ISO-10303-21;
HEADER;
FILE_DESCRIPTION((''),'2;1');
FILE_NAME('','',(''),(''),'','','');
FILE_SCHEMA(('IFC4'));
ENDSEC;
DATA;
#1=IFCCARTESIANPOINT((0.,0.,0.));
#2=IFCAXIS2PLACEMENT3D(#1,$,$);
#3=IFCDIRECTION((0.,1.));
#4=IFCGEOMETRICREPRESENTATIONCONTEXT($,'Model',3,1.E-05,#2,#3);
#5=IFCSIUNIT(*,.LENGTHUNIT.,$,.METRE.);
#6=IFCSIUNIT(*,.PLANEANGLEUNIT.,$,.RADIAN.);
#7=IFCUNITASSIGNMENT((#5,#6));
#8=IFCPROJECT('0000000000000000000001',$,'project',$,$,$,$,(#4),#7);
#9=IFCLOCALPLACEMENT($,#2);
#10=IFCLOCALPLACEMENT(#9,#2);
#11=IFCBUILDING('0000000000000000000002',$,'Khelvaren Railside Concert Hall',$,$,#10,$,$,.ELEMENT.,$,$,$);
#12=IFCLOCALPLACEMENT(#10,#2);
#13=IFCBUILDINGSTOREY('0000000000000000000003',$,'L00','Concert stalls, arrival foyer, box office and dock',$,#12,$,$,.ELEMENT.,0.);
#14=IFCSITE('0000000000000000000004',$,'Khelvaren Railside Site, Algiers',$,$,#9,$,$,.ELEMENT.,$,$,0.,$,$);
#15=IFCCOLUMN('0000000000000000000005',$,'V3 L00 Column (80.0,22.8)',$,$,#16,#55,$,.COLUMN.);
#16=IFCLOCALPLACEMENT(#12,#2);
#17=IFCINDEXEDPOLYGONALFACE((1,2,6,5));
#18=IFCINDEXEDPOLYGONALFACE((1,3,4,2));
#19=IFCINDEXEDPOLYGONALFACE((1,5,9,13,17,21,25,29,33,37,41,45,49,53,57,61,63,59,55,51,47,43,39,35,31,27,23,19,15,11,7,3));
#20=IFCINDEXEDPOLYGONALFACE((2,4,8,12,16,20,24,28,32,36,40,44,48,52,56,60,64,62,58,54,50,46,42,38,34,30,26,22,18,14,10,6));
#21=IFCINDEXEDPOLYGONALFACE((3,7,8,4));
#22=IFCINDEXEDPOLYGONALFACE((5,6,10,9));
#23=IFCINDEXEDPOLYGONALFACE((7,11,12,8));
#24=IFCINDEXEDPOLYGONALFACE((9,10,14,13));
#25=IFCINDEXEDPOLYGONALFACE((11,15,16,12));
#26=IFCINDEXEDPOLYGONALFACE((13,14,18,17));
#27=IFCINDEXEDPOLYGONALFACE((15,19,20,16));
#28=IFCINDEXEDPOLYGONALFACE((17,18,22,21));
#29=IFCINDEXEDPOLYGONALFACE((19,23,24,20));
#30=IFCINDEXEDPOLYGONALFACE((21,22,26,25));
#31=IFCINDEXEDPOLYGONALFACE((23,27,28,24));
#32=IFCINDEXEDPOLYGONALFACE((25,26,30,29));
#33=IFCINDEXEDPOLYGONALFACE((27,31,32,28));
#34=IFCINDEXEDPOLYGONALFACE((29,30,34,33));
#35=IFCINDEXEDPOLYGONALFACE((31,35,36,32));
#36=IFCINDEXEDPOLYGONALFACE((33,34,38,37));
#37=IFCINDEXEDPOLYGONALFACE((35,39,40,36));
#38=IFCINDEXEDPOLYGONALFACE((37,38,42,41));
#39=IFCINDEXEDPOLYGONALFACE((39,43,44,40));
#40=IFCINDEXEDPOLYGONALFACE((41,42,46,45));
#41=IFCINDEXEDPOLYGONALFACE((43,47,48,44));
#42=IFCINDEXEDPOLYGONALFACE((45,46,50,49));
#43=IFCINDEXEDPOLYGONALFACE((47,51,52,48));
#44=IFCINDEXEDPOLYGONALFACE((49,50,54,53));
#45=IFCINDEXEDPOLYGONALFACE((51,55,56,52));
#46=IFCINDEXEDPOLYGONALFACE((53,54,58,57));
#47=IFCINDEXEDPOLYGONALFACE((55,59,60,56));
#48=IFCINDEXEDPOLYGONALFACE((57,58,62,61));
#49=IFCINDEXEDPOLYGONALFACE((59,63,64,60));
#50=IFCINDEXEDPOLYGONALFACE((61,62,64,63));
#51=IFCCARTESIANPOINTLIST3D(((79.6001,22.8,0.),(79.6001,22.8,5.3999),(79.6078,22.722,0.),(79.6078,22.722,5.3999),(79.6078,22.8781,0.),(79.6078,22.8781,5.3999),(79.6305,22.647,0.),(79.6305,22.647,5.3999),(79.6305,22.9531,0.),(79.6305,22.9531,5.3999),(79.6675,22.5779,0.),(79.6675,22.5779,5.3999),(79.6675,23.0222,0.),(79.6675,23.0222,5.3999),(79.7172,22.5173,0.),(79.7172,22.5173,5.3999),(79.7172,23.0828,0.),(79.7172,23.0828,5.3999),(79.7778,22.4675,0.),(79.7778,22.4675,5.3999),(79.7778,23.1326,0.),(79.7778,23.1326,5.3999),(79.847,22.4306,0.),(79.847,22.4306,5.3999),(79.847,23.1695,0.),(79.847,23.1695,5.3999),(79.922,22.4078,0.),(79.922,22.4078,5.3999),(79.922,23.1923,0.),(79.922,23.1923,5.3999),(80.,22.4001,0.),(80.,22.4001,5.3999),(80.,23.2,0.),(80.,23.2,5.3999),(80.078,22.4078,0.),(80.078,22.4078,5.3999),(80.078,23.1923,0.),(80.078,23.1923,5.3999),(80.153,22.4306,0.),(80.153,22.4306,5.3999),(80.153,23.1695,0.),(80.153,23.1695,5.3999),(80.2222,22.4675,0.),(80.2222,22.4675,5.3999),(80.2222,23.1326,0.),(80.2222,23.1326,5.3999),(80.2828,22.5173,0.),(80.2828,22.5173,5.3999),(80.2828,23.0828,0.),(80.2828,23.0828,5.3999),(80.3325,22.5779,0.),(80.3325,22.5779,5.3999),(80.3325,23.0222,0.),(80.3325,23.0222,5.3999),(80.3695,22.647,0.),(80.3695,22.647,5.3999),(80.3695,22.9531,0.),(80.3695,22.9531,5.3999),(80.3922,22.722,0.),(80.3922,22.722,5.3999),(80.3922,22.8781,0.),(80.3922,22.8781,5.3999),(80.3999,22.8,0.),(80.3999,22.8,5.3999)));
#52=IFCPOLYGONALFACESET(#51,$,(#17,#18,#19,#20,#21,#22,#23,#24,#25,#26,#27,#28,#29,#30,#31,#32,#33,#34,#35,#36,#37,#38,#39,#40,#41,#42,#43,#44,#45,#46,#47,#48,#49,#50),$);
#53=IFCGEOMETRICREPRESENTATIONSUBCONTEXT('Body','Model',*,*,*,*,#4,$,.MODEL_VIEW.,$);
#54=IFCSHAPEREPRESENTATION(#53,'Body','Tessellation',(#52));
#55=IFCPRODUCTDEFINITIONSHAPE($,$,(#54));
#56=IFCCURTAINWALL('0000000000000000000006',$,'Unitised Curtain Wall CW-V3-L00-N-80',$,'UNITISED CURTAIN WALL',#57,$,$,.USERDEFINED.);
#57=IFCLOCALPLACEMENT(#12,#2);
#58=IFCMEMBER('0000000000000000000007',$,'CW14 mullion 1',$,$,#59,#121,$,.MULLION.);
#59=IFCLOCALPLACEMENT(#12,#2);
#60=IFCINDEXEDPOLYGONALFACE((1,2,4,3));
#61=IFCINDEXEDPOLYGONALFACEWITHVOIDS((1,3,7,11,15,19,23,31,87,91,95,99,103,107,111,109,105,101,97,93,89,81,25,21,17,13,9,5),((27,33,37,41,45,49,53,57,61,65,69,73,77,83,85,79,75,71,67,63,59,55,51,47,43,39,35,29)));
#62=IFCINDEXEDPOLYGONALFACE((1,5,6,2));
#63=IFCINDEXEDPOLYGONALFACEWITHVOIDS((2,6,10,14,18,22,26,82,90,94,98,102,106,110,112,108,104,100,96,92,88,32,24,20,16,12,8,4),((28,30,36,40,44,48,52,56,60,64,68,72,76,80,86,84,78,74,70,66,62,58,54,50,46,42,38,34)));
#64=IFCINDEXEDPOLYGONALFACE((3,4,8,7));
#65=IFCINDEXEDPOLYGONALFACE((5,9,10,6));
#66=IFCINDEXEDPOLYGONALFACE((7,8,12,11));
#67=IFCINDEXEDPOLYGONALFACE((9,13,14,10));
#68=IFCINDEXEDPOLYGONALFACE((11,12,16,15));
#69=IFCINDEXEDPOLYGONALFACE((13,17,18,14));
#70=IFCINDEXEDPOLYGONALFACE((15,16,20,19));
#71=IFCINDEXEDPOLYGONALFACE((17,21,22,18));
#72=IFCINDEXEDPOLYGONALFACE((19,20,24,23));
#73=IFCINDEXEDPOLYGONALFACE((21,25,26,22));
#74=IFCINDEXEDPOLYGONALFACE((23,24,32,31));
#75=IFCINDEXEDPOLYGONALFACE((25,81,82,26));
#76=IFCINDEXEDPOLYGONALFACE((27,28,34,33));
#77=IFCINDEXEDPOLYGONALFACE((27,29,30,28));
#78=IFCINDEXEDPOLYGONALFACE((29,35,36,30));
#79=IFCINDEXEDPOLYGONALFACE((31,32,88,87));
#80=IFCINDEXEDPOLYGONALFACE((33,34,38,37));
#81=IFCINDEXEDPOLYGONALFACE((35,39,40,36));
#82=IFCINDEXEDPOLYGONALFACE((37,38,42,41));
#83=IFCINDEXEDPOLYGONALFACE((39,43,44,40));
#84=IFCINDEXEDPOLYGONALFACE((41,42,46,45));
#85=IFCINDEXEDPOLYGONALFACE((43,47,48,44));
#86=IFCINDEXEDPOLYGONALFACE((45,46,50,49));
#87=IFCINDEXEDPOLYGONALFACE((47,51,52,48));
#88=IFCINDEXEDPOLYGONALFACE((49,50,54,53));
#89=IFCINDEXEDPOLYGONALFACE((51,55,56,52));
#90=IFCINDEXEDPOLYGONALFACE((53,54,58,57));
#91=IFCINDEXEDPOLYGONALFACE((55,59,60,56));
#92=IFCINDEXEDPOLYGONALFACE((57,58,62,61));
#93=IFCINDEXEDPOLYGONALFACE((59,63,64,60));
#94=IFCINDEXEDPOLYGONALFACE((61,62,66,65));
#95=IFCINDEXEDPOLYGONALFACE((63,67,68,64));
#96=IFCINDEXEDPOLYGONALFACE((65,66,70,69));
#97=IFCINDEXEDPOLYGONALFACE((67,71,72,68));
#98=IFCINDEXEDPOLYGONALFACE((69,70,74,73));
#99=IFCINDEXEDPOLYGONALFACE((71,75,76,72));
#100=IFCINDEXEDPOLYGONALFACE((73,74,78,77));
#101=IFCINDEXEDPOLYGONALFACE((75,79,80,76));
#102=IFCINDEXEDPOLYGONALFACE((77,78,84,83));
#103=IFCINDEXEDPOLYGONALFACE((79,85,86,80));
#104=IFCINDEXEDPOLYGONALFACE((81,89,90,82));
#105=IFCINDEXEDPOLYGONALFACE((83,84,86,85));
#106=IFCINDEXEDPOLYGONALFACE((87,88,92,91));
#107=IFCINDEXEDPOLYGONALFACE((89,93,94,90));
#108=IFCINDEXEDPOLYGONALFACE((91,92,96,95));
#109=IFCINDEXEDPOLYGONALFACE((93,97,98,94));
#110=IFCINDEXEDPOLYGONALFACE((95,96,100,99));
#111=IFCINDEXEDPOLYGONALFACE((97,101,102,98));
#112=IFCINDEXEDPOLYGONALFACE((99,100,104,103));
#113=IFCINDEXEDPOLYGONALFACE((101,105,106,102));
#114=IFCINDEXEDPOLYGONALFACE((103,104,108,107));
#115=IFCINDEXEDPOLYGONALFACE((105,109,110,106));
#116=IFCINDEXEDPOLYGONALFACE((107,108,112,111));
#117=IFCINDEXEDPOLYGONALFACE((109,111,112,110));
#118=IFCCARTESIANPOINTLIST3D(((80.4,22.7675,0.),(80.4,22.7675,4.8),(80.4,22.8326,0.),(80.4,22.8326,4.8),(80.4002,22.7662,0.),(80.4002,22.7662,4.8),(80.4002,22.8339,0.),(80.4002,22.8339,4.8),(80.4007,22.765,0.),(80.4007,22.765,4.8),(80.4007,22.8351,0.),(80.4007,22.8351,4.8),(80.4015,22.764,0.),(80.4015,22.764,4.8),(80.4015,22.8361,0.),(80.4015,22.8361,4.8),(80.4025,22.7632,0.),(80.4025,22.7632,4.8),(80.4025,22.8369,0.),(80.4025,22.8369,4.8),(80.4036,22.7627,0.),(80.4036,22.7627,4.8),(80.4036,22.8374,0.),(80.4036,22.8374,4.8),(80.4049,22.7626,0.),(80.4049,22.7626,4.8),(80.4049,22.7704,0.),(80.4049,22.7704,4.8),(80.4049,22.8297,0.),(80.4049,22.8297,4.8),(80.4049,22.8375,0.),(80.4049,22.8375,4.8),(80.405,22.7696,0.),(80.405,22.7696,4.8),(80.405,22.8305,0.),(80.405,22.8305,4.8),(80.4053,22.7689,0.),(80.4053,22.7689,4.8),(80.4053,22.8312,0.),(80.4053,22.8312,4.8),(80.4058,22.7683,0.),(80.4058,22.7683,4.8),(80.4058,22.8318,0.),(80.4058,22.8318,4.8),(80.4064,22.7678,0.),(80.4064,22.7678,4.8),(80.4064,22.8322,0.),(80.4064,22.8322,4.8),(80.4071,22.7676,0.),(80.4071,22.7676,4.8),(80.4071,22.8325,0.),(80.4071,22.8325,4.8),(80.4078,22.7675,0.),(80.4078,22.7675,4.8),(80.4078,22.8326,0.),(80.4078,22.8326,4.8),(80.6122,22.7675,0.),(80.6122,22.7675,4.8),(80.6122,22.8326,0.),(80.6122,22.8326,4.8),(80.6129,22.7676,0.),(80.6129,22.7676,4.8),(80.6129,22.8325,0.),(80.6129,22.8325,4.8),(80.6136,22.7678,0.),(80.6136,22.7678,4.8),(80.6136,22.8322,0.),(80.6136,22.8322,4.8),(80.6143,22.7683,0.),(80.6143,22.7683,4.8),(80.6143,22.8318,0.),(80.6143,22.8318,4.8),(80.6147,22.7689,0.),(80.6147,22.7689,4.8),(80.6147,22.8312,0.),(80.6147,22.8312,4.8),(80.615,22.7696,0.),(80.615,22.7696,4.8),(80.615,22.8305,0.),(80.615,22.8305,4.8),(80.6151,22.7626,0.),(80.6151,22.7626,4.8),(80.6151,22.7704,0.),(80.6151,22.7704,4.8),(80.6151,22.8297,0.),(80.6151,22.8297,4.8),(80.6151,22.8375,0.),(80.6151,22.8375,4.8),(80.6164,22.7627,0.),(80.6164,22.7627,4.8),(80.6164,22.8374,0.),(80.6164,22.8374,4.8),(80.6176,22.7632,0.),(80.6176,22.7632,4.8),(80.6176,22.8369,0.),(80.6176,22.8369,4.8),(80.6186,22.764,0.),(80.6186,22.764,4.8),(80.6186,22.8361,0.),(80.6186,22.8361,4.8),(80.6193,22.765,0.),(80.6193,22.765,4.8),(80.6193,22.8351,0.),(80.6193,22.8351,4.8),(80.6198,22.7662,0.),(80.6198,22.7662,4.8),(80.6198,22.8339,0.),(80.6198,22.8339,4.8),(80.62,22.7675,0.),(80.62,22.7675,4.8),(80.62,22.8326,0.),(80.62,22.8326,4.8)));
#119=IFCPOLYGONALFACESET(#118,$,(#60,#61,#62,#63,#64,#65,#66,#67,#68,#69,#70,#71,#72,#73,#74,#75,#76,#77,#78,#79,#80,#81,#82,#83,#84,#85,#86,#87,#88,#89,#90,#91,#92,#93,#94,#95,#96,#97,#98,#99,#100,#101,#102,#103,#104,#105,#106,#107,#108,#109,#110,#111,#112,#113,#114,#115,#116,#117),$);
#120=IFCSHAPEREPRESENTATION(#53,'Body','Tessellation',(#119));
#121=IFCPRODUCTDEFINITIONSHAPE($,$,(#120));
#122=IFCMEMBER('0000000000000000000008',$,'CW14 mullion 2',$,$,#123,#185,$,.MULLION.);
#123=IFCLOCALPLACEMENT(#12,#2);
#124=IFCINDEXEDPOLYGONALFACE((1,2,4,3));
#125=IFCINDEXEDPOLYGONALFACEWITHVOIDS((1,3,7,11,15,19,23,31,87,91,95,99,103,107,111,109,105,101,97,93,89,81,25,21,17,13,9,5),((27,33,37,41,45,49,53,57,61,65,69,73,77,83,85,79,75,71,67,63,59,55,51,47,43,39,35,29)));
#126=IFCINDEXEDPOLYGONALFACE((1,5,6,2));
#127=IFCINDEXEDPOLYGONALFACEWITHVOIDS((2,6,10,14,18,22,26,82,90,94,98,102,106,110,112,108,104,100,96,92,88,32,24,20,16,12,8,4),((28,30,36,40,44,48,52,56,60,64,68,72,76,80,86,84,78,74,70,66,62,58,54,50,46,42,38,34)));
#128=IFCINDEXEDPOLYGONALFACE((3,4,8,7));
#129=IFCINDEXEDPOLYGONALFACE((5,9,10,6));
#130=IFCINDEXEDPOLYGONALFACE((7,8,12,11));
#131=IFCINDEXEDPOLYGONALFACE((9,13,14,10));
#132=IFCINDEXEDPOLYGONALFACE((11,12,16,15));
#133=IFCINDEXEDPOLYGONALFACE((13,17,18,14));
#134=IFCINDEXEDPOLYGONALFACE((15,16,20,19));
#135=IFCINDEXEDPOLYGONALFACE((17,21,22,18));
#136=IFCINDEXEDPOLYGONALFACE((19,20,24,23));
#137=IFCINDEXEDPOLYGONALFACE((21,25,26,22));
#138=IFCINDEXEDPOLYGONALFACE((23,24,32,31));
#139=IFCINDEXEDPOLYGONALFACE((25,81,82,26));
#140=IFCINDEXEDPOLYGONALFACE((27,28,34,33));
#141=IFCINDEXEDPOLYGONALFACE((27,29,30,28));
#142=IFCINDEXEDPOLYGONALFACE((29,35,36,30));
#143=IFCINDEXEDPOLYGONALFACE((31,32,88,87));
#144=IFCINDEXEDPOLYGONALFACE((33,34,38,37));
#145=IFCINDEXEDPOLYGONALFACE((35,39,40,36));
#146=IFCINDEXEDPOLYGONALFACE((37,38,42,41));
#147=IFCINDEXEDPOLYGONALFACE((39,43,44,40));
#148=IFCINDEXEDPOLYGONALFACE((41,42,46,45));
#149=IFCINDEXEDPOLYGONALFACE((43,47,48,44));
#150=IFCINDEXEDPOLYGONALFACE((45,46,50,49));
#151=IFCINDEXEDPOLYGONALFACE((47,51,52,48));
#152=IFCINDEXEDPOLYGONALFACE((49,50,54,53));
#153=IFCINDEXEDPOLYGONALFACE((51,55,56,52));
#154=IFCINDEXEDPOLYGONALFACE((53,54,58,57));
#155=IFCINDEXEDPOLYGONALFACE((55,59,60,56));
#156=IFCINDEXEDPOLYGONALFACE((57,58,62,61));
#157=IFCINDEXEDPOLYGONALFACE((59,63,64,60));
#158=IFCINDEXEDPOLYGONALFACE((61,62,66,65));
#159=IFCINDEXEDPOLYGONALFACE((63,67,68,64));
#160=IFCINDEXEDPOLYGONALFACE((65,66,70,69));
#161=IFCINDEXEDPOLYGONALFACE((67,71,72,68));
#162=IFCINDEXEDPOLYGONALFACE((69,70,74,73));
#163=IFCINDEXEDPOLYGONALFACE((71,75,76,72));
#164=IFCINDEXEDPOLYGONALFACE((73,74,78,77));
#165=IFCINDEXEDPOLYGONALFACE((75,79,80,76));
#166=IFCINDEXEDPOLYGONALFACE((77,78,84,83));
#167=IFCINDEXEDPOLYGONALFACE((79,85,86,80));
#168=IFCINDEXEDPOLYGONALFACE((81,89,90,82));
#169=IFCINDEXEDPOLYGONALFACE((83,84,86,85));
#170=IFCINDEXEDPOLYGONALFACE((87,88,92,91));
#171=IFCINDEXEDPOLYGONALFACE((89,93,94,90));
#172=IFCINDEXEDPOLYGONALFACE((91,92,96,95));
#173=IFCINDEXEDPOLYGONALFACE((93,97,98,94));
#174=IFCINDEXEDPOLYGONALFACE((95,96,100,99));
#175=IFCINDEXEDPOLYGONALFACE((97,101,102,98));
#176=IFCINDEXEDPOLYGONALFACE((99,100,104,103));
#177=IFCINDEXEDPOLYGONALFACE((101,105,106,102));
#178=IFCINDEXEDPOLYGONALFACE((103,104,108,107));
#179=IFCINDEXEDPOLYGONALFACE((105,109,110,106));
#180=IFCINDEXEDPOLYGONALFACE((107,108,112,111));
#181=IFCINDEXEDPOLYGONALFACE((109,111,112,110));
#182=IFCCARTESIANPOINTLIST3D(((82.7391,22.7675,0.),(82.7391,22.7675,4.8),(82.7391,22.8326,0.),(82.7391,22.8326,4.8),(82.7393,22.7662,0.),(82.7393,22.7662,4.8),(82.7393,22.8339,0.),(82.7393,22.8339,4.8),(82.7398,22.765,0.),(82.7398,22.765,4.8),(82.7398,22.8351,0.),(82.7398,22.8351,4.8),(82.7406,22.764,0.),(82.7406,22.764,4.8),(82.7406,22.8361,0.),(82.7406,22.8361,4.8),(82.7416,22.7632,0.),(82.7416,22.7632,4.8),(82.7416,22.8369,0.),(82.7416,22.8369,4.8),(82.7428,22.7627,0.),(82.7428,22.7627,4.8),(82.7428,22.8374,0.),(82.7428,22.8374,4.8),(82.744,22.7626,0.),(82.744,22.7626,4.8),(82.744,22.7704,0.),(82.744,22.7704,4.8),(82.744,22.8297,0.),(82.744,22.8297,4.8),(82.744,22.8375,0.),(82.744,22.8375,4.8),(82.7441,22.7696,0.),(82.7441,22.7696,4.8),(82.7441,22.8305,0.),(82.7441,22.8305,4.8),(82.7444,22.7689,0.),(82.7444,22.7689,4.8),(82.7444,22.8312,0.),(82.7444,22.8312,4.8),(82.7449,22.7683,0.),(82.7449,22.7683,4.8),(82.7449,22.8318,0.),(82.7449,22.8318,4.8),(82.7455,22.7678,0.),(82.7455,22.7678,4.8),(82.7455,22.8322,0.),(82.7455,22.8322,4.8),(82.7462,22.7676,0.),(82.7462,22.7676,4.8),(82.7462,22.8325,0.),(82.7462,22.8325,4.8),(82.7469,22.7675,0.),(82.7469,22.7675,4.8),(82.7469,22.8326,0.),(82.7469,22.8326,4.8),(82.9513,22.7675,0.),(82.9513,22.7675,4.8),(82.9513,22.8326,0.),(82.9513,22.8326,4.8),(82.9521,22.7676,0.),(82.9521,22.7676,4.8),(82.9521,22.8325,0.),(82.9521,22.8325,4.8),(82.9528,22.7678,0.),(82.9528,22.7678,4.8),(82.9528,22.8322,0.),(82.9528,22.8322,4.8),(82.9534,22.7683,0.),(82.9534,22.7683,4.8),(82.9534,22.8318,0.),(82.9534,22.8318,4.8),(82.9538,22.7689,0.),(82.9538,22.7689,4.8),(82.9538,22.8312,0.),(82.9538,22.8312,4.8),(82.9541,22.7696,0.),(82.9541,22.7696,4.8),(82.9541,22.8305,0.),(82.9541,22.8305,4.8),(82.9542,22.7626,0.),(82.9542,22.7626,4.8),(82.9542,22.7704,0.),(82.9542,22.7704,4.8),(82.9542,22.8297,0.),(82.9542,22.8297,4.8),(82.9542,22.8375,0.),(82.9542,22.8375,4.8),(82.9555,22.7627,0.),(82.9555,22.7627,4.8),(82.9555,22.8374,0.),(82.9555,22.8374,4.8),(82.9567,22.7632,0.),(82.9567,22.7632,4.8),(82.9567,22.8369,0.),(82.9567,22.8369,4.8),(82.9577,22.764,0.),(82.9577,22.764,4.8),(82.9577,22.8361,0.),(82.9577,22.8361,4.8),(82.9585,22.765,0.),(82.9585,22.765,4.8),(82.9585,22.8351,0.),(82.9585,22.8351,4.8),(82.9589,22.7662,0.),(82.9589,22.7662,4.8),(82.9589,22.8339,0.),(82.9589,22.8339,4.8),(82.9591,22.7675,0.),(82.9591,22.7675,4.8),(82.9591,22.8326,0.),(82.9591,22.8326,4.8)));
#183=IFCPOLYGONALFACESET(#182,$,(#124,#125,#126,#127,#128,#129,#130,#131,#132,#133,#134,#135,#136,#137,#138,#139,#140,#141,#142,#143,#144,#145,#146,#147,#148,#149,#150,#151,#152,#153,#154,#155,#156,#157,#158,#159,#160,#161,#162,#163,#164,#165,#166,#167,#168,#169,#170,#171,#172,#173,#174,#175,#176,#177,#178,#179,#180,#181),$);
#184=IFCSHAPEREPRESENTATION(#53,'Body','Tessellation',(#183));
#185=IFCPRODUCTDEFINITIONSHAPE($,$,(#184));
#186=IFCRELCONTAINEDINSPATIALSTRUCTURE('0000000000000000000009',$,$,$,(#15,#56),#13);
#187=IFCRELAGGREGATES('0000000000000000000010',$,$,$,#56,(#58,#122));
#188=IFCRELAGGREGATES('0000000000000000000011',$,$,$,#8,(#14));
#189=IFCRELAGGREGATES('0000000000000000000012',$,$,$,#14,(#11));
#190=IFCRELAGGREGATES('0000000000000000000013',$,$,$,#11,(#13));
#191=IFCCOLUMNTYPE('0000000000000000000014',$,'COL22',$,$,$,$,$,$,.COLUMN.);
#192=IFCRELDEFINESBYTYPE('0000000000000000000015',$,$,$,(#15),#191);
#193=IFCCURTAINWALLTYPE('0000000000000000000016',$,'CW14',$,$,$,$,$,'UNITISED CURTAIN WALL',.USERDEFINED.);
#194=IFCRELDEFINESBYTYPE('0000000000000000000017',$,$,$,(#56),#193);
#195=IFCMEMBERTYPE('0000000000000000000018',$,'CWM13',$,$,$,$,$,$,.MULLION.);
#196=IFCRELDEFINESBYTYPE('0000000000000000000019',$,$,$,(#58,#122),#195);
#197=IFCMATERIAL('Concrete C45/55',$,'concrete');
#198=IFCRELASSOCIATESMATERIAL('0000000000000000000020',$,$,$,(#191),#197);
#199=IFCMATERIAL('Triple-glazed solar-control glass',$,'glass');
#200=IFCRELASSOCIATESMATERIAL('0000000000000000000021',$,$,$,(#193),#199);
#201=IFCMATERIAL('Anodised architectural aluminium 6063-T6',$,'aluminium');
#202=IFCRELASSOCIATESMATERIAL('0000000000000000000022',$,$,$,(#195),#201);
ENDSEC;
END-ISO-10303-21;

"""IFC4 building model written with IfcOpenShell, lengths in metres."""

from ifc_helpers import new_model, si_unit, direction, frame, origin, origin_2d, place, context, subcontext, project, spatial, hollow_rectangle, circle, extrude, material, material_profile, profile_set, type_object, element, aggregate, save


model = new_model("IFC4")

# Units and contexts
model_context = context("Model", 3, precision=1e-05, world=origin(), true_north=direction((0.0, 1.0)))
body_context = subcontext(model_context, "Body", "Model", "MODEL_VIEW")
ifc_project = project(units=[si_unit("LENGTHUNIT", "METRE"), si_unit("PLANEANGLEUNIT", "RADIAN")], contexts=[model_context])

# Site, building, storey
site_placement = place(None, origin())
site = spatial("IfcSite", under=ifc_project, at=site_placement, Name="Khelvaren Railside Site, Algiers", CompositionType="ELEMENT", RefElevation=0.0)
building_placement = place(site_placement, origin())
building = spatial("IfcBuilding", under=site, at=building_placement, Name="Khelvaren Railside Concert Hall", CompositionType="ELEMENT")
storey_placement = place(building_placement, origin())
storey = spatial("IfcBuildingStorey", under=building, at=storey_placement, Name="L00", Description="Concert stalls, arrival foyer, box office and dock", CompositionType="ELEMENT", Elevation=0.0)

# Column
ifc_material_1 = material(Name="Concrete C45/55", Category="concrete")
ifc_material_profile_1 = material_profile(ifc_material_1, circle(Radius=0.3999, at=origin_2d()), Name="RC D800")
ifc_profile_set_1 = profile_set([ifc_material_profile_1], Name="Concrete C45/55")
column_type = type_object("IfcColumnType", Name="COL22", PredefinedType="COLUMN", material=ifc_profile_set_1)
column_placement = place(storey_placement, frame((80.0, 22.8, 0.0), z_axis=(0.0, 0.0, 1.0), x_axis=(1.0, 0.0, 0.0)))
element("IfcColumn", 1, at=column_placement, inside=storey, type_object=column_type, Name="V3 L00 Column (80.0,22.8)", PredefinedType="COLUMN", context=body_context, shape_type="SweptSolid", body=[
    extrude(circle(Radius=0.3999, at=origin_2d()), origin(), (0.0, 0.0, 1.0), 5.3999),
])

# Curtain wall, members
ifc_material_2 = material(Name="Triple-glazed solar-control glass", Category="glass")
curtain_wall_type = type_object("IfcCurtainWallType", Name="CW14", ElementType="UNITISED CURTAIN WALL", PredefinedType="USERDEFINED", material=ifc_material_2)
curtain_wall_placement = place(storey_placement, origin())
curtain_wall = element("IfcCurtainWall", 2, at=curtain_wall_placement, inside=storey, type_object=curtain_wall_type, Name="Unitised Curtain Wall CW-V3-L00-N-80", ObjectType="UNITISED CURTAIN WALL", PredefinedType="USERDEFINED")
ifc_material_3 = material(Name="Anodised architectural aluminium 6063-T6", Category="aluminium")
ifc_material_profile_2 = material_profile(ifc_material_3, hollow_rectangle(XDim=0.075, YDim=0.22, WallThickness=0.0049, InnerFilletRadius=0.0029, OuterFilletRadius=0.0049, at=origin_2d()), Name="CWM 75x220x5")
ifc_profile_set_2 = profile_set([ifc_material_profile_2], Name="Anodised architectural aluminium 6063-T6")
member_type_1 = type_object("IfcMemberType", Name="CWM13", PredefinedType="MULLION", material=ifc_profile_set_2)
member_1_placement = place(storey_placement, frame((80.51, 22.8, 0.0), z_axis=(0.0, 0.0, 1.0), x_axis=(0.0, 1.0, 0.0)))
member_1 = element("IfcMember", 3, at=member_1_placement, type_object=member_type_1, Name="CW14 mullion 1", PredefinedType="MULLION", context=body_context, shape_type="SweptSolid", body=[
    extrude(hollow_rectangle(XDim=0.075, YDim=0.22, WallThickness=0.0049, InnerFilletRadius=0.0029, OuterFilletRadius=0.0049, at=origin_2d()), origin(), (0.0, 0.0, 1.0), 4.8),
])
member_2_placement = place(storey_placement, frame((82.8491, 22.8, 0.0), z_axis=(0.0, 0.0, 1.0), x_axis=(0.0, 1.0, 0.0)))
member_2 = element("IfcMember", 4, at=member_2_placement, type_object=member_type_1, Name="CW14 mullion 2", PredefinedType="MULLION", context=body_context, shape_type="SweptSolid", body=[
    extrude(hollow_rectangle(XDim=0.075, YDim=0.22, WallThickness=0.0049, InnerFilletRadius=0.0029, OuterFilletRadius=0.0049, at=origin_2d()), origin(), (0.0, 0.0, 1.0), 4.8),
])

aggregate(curtain_wall, [member_1, member_2])

save(model, "model.ifc")
